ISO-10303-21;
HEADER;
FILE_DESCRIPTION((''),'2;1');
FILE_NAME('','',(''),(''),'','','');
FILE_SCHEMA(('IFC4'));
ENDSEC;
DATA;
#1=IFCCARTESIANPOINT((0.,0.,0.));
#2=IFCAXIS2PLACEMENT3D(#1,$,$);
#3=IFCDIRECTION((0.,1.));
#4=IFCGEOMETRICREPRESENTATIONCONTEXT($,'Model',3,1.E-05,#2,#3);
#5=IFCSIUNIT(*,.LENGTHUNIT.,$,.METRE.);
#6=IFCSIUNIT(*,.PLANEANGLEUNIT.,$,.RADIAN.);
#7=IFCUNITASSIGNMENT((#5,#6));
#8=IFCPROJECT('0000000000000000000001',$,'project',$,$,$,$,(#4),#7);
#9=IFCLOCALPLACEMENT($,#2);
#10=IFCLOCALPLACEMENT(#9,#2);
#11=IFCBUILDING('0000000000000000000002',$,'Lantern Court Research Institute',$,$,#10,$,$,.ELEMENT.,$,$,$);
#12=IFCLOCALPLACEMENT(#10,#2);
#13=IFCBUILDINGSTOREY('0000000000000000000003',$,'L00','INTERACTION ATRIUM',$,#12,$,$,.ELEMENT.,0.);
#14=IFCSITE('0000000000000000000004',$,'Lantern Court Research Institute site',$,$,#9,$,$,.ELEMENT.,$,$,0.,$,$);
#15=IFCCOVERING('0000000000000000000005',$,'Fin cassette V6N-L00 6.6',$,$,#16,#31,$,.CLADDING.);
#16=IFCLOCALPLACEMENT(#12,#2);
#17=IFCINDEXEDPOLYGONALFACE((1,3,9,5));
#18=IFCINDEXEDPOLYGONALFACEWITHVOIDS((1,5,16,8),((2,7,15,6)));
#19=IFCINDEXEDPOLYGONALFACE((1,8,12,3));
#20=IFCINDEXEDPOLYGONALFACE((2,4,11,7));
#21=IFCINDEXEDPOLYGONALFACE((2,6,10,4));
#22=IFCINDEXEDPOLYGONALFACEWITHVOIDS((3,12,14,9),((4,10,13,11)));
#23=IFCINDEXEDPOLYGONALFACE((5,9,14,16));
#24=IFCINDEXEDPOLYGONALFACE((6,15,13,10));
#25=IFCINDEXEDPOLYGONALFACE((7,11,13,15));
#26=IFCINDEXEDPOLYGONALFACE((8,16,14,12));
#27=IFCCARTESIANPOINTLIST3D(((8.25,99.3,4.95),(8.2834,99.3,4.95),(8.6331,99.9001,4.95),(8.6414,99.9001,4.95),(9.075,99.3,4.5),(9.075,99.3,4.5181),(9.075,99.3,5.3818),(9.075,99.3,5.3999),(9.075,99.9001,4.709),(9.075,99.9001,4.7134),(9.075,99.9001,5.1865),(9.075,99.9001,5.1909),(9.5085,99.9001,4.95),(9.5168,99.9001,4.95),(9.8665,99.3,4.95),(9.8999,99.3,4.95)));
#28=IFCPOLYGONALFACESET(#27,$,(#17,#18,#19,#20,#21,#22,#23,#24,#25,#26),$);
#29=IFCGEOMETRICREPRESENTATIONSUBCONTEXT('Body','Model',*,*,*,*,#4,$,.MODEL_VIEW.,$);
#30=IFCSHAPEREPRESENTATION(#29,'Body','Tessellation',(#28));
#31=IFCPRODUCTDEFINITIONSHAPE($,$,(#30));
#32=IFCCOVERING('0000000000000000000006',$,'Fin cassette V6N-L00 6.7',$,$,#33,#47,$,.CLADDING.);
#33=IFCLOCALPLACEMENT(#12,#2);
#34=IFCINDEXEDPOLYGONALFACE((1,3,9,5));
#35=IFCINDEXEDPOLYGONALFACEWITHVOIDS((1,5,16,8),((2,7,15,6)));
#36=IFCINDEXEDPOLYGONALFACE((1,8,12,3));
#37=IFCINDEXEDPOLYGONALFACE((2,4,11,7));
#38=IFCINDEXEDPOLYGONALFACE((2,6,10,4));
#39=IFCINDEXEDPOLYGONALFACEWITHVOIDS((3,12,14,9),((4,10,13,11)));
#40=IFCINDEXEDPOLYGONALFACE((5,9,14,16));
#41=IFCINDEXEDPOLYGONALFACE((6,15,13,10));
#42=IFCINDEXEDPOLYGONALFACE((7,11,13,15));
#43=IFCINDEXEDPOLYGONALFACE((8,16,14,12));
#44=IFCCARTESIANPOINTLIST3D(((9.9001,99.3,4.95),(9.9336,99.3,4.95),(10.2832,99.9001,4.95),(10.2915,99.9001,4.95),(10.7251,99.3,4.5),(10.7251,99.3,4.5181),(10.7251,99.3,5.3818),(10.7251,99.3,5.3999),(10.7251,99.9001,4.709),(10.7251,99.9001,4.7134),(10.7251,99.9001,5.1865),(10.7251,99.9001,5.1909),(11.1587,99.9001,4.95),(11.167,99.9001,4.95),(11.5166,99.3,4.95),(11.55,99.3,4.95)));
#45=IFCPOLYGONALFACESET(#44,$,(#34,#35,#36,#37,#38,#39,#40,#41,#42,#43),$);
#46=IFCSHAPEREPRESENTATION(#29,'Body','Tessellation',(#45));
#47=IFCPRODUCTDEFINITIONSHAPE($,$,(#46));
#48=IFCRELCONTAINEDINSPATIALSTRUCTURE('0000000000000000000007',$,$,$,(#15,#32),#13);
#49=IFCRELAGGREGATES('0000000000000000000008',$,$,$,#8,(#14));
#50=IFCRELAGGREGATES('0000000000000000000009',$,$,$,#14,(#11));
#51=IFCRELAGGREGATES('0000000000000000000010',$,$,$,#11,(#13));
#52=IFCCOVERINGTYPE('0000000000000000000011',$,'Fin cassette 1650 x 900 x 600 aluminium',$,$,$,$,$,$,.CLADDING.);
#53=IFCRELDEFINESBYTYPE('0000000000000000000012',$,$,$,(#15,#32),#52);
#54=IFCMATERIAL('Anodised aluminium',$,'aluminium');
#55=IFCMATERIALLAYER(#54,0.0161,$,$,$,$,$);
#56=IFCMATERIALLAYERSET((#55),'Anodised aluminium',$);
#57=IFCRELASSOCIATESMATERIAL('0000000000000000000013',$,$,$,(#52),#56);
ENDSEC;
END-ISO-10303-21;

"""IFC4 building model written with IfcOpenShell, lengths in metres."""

from ifc_helpers import new_model, entity, si_unit, direction, frame, origin, place, context, subcontext, project, spatial, material, layer, layer_set, type_object, element, save


model = new_model("IFC4")

# Units and contexts
model_context = context("Model", 3, precision=1e-05, world=origin(), true_north=direction((0.0, 1.0)))
body_context = subcontext(model_context, "Body", "Model", "MODEL_VIEW")
ifc_project = project(units=[si_unit("LENGTHUNIT", "METRE"), si_unit("PLANEANGLEUNIT", "RADIAN")], contexts=[model_context])

# Site, building, storey
site_placement = place(None, origin())
site = spatial("IfcSite", under=ifc_project, at=site_placement, Name="Lantern Court Research Institute site", CompositionType="ELEMENT", RefElevation=0.0)
building_placement = place(site_placement, origin())
building = spatial("IfcBuilding", under=site, at=building_placement, Name="Lantern Court Research Institute", CompositionType="ELEMENT")
storey_placement = place(building_placement, origin())
storey = spatial("IfcBuildingStorey", under=building, at=storey_placement, Name="L00", Description="INTERACTION ATRIUM", CompositionType="ELEMENT", Elevation=0.0)

# Coverings
ifc_material_1 = material(Name="Anodised aluminium", Category="aluminium")
ifc_layer_1 = layer(ifc_material_1, 0.0161)
ifc_layer_set_1 = layer_set([ifc_layer_1], Name="Anodised aluminium")
covering_type = type_object("IfcCoveringType", Name="Fin cassette 1650 x 900 x 600 aluminium", PredefinedType="CLADDING", material=ifc_layer_set_1)
covering_1_placement = place(storey_placement, frame((9.075, 99.3, 4.95), z_axis=(0.0, 1.0, 0.0), x_axis=(-1.0, 0.0, 0.0)))
cartesian_point_1 = entity("IfcCartesianPoint", [0.825, 0.0])
cartesian_point_2 = entity("IfcCartesianPoint", [0.7915, 0.0])
cartesian_point_3 = entity("IfcCartesianPoint", [0.4419, 0.0])
cartesian_point_4 = entity("IfcCartesianPoint", [0.4336, 0.0])
element("IfcCovering", 1, at=covering_1_placement, inside=storey, type_object=covering_type, Name="Fin cassette V6N-L00 6.6", PredefinedType="CLADDING", context=body_context, shape_type="SweptSolid", body=[
    entity("IfcExtrudedAreaSolidTapered", entity("IfcArbitraryProfileDefWithVoids", "AREA", None, entity("IfcPolyline", [cartesian_point_1, entity("IfcCartesianPoint", [0.0, 0.45]), entity("IfcCartesianPoint", [-0.825, 0.0]), entity("IfcCartesianPoint", [0.0, -0.45]), cartesian_point_1]), [entity("IfcPolyline", [cartesian_point_2, entity("IfcCartesianPoint", [0.0, 0.4319]), entity("IfcCartesianPoint", [-0.7915, 0.0]), entity("IfcCartesianPoint", [0.0, -0.4319]), cartesian_point_2])]), entity("IfcAxis2Placement3D", entity("IfcCartesianPoint", [0.0, 0.0, 0.0])), entity("IfcDirection", [0.0, 0.0, 1.0]), 0.6001, entity("IfcArbitraryProfileDefWithVoids", "AREA", None, entity("IfcPolyline", [cartesian_point_3, entity("IfcCartesianPoint", [0.0, 0.241]), entity("IfcCartesianPoint", [-0.4419, 0.0]), entity("IfcCartesianPoint", [0.0, -0.241]), cartesian_point_3]), [entity("IfcPolyline", [cartesian_point_4, entity("IfcCartesianPoint", [0.0, 0.2366]), entity("IfcCartesianPoint", [-0.4336, 0.0]), entity("IfcCartesianPoint", [0.0, -0.2366]), cartesian_point_4])])),
])
covering_2_placement = place(storey_placement, frame((10.7251, 99.3, 4.95), z_axis=(0.0, 1.0, 0.0), x_axis=(-1.0, 0.0, 0.0)))
cartesian_point_5 = entity("IfcCartesianPoint", [0.825, 0.0])
cartesian_point_6 = entity("IfcCartesianPoint", [0.7915, 0.0])
cartesian_point_7 = entity("IfcCartesianPoint", [0.4419, 0.0])
cartesian_point_8 = entity("IfcCartesianPoint", [0.4336, 0.0])
element("IfcCovering", 2, at=covering_2_placement, inside=storey, type_object=covering_type, Name="Fin cassette V6N-L00 6.7", PredefinedType="CLADDING", context=body_context, shape_type="SweptSolid", body=[
    entity("IfcExtrudedAreaSolidTapered", entity("IfcArbitraryProfileDefWithVoids", "AREA", None, entity("IfcPolyline", [cartesian_point_5, entity("IfcCartesianPoint", [0.0, 0.45]), entity("IfcCartesianPoint", [-0.825, 0.0]), entity("IfcCartesianPoint", [0.0, -0.45]), cartesian_point_5]), [entity("IfcPolyline", [cartesian_point_6, entity("IfcCartesianPoint", [0.0, 0.4319]), entity("IfcCartesianPoint", [-0.7915, 0.0]), entity("IfcCartesianPoint", [0.0, -0.4319]), cartesian_point_6])]), entity("IfcAxis2Placement3D", entity("IfcCartesianPoint", [0.0, 0.0, 0.0])), entity("IfcDirection", [0.0, 0.0, 1.0]), 0.6001, entity("IfcArbitraryProfileDefWithVoids", "AREA", None, entity("IfcPolyline", [cartesian_point_7, entity("IfcCartesianPoint", [0.0, 0.241]), entity("IfcCartesianPoint", [-0.4419, 0.0]), entity("IfcCartesianPoint", [0.0, -0.241]), cartesian_point_7]), [entity("IfcPolyline", [cartesian_point_8, entity("IfcCartesianPoint", [0.0, 0.2366]), entity("IfcCartesianPoint", [-0.4336, 0.0]), entity("IfcCartesianPoint", [0.0, -0.2366]), cartesian_point_8])])),
])

save(model, "model.ifc")
